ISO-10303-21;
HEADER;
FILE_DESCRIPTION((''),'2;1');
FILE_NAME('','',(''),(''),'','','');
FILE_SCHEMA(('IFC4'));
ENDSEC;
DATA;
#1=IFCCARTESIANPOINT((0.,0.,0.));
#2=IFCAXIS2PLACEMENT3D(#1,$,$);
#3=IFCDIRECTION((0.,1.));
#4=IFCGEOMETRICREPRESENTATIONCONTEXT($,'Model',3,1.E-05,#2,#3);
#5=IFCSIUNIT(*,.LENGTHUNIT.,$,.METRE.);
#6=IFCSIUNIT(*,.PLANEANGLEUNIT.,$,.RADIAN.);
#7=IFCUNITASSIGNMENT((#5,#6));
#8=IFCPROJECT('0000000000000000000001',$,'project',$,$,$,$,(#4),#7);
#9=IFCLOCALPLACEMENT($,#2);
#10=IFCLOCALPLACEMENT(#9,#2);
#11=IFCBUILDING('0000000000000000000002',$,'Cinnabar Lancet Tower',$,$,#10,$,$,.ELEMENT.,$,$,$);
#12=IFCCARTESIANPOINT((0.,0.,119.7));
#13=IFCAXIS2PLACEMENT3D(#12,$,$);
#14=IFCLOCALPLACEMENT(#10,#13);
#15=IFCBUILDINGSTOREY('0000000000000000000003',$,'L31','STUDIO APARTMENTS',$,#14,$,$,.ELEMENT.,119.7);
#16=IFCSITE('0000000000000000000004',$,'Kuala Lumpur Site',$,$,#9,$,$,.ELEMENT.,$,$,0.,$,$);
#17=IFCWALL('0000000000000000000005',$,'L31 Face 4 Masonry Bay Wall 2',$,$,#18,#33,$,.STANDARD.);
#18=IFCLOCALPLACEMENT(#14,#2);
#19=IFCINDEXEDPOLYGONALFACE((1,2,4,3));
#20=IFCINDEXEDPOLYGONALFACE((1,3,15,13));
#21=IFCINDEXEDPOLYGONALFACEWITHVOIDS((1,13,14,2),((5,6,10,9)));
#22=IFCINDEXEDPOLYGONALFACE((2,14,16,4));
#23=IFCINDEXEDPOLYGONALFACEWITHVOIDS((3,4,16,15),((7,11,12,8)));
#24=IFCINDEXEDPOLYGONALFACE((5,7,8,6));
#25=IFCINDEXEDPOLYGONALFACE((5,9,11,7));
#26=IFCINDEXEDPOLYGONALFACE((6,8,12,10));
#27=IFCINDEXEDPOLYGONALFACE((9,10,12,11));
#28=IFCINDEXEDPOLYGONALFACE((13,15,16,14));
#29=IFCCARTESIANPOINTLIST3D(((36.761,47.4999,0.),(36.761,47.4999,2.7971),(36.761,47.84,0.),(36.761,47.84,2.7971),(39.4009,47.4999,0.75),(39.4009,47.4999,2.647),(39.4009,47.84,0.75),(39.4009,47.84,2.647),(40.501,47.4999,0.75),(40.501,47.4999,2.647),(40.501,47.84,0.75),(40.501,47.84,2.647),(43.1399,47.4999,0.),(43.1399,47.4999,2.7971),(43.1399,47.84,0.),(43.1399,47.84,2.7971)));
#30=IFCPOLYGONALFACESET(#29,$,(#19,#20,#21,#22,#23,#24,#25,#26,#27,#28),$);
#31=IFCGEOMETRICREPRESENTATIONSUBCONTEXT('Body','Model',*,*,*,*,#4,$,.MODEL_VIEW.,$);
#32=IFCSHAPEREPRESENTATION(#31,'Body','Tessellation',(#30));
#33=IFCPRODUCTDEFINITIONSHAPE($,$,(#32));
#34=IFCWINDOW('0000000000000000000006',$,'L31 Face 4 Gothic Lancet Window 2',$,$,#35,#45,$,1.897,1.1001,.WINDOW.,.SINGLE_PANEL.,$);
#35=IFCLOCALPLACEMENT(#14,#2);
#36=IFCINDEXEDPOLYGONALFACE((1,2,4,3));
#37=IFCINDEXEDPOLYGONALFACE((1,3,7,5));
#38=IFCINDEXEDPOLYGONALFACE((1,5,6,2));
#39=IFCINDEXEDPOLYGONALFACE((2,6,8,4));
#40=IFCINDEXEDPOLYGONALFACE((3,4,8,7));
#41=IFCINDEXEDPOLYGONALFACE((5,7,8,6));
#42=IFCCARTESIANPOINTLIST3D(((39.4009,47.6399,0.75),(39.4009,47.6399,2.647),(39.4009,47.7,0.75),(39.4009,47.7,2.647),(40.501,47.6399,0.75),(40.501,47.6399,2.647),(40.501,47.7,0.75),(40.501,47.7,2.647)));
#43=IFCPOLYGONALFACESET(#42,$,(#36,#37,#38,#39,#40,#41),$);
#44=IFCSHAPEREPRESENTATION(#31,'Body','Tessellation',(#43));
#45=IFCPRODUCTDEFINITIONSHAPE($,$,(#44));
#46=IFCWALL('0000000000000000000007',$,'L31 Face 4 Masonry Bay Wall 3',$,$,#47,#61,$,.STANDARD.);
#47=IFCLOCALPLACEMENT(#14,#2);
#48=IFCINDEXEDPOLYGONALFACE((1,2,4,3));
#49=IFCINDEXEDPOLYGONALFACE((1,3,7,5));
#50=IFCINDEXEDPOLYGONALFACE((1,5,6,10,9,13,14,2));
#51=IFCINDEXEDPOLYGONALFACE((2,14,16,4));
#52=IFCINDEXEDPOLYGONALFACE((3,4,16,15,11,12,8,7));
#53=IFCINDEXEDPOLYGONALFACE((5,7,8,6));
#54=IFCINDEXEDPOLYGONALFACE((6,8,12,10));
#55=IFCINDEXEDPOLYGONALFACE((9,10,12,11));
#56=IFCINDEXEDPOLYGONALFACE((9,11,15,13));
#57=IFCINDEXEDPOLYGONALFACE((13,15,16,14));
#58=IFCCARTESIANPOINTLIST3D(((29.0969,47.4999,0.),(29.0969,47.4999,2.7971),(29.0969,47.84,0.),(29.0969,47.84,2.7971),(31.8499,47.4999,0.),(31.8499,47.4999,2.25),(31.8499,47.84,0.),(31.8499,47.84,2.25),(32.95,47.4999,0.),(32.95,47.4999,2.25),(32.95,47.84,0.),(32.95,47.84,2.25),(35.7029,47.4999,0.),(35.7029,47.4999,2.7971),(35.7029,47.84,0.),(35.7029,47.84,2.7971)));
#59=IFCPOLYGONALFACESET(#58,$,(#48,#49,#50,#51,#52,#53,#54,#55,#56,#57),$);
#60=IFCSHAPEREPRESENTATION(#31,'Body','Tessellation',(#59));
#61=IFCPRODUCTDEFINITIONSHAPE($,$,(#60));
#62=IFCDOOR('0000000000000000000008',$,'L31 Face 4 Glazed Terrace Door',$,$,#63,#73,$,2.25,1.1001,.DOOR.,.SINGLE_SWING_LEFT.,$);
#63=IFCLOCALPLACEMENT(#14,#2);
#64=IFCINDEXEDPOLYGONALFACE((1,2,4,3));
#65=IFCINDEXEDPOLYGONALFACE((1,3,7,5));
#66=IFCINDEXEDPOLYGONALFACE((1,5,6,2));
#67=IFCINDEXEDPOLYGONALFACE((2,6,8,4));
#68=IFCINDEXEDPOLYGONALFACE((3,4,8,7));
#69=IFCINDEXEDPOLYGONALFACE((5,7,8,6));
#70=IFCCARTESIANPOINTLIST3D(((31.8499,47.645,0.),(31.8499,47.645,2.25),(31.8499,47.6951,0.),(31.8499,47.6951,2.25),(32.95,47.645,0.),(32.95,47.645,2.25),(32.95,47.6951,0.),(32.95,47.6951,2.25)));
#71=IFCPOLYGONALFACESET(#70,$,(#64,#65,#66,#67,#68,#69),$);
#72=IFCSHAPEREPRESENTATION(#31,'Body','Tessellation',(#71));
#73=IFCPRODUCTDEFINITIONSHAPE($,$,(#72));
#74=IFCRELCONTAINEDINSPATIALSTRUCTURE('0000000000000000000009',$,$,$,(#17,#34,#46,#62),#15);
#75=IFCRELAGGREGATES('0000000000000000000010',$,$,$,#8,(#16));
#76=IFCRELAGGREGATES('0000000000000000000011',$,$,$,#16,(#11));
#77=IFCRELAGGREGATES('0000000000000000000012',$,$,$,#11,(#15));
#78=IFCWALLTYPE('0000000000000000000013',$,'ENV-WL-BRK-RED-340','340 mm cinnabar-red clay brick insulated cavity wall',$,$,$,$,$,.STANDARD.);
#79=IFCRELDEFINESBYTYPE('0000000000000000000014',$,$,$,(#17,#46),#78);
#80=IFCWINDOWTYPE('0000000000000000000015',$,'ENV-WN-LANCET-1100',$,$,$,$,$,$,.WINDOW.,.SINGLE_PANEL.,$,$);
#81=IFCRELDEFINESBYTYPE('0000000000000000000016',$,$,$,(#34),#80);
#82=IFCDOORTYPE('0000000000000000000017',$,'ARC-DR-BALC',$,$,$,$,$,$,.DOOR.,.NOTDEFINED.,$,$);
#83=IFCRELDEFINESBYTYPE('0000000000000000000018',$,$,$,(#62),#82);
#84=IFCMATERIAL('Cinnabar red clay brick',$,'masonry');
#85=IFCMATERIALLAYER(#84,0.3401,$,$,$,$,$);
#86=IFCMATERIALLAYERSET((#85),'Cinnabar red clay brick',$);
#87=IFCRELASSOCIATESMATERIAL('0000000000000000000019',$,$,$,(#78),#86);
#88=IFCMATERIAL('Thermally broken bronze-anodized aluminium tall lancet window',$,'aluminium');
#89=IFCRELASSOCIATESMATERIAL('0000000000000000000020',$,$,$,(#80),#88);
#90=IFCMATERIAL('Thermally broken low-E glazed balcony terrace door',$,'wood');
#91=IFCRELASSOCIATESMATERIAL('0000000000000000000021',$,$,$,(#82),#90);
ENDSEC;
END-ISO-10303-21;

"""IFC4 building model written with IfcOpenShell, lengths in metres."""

from ifc_helpers import new_model, si_unit, direction, frame, frame_2d, origin, place, context, subcontext, project, spatial, rectangle, extrude, material, layer, layer_set, type_object, element, fill, save


model = new_model("IFC4")

# Units and contexts
model_context = context("Model", 3, precision=1e-05, world=origin(), true_north=direction((0.0, 1.0)))
body_context = subcontext(model_context, "Body", "Model", "MODEL_VIEW")
ifc_project = project(units=[si_unit("LENGTHUNIT", "METRE"), si_unit("PLANEANGLEUNIT", "RADIAN")], contexts=[model_context])

# Site, building, storey
site_placement = place(None, origin())
site = spatial("IfcSite", under=ifc_project, at=site_placement, Name="Kuala Lumpur Site", CompositionType="ELEMENT", RefElevation=0.0)
building_placement = place(site_placement, origin())
building = spatial("IfcBuilding", under=site, at=building_placement, Name="Cinnabar Lancet Tower", CompositionType="ELEMENT")
storey_placement = place(building_placement, frame((0.0, 0.0, 119.7)))
storey = spatial("IfcBuildingStorey", under=building, at=storey_placement, Name="L31", Description="STUDIO APARTMENTS", CompositionType="ELEMENT", Elevation=119.7)

# Wall, opening, window
ifc_material_1 = material(Name="Cinnabar red clay brick", Category="masonry")
ifc_layer_1 = layer(ifc_material_1, 0.3401)
ifc_layer_set_1 = layer_set([ifc_layer_1], Name="Cinnabar red clay brick")
wall_type_1 = type_object("IfcWallType", Name="ENV-WL-BRK-RED-340", Description="340 mm cinnabar-red clay brick insulated cavity wall", PredefinedType="STANDARD", material=ifc_layer_set_1)
wall_1_placement = place(storey_placement, frame((43.1399, 47.6699, 0.0), z_axis=(0.0, 0.0, 1.0), x_axis=(-1.0, 0.0, 0.0)))
wall_1 = element("IfcWall", 1, at=wall_1_placement, inside=storey, type_object=wall_type_1, Name="L31 Face 4 Masonry Bay Wall 2", PredefinedType="STANDARD", context=body_context, shape_type="SweptSolid", body=[
    extrude(rectangle(XDim=6.3789, YDim=0.3401, at=frame_2d((3.1895, 0.0))), origin(), (0.0, 0.0, 1.0), 2.7971),
])
opening_1_placement = place(wall_1_placement, frame((2.6389, 0.0, 0.75)))
opening_1 = element("IfcOpeningElement", 2, at=opening_1_placement, cuts=wall_1, PredefinedType="OPENING", context=body_context, shape_type="SweptSolid", body=[
    extrude(rectangle(XDim=1.1001, YDim=1.897, at=frame_2d((0.55, 0.9485))), frame((0.0, 0.1799, 0.0), z_axis=(0.0, -1.0, 0.0), x_axis=(1.0, 0.0, 0.0)), (0.0, 0.0, 1.0), 0.3601),
])
ifc_material_2 = material(Name="Thermally broken bronze-anodized aluminium tall lancet window", Category="aluminium")
window_type = type_object("IfcWindowType", Name="ENV-WN-LANCET-1100", PartitioningType="SINGLE_PANEL", PredefinedType="WINDOW", material=ifc_material_2)
window_placement = place(opening_1_placement, origin())
window = element("IfcWindow", 3, at=window_placement, inside=storey, type_object=window_type, Name="L31 Face 4 Gothic Lancet Window 2", OverallHeight=1.897, OverallWidth=1.1001, PartitioningType="SINGLE_PANEL", PredefinedType="WINDOW", context=body_context, shape_type="SweptSolid", body=[
    extrude(rectangle(XDim=1.1001, YDim=1.897, at=frame_2d((0.55, 0.9485))), frame((0.0, 0.03, 0.0), z_axis=(0.0, -1.0, 0.0), x_axis=(1.0, 0.0, 0.0)), (0.0, 0.0, 1.0), 0.0601),
])
fill(opening_1, window)

# Wall, opening, door
wall_2_placement = place(storey_placement, frame((35.7029, 47.6699, 0.0), z_axis=(0.0, 0.0, 1.0), x_axis=(-1.0, 0.0, 0.0)))
wall_2 = element("IfcWall", 4, at=wall_2_placement, inside=storey, type_object=wall_type_1, Name="L31 Face 4 Masonry Bay Wall 3", PredefinedType="STANDARD", context=body_context, shape_type="SweptSolid", body=[
    extrude(rectangle(XDim=6.606, YDim=0.3401, at=frame_2d((3.303, 0.0))), origin(), (0.0, 0.0, 1.0), 2.7971),
])
opening_2_placement = place(wall_2_placement, frame((2.7529, 0.0, 0.0)))
opening_2 = element("IfcOpeningElement", 5, at=opening_2_placement, cuts=wall_2, PredefinedType="OPENING", context=body_context, shape_type="SweptSolid", body=[
    extrude(rectangle(XDim=1.1001, YDim=2.25, at=frame_2d((0.55, 1.125))), frame((0.0, 0.1799, 0.0), z_axis=(0.0, -1.0, 0.0), x_axis=(1.0, 0.0, 0.0)), (0.0, 0.0, 1.0), 0.3601),
])
ifc_material_3 = material(Name="Thermally broken low-E glazed balcony terrace door", Category="wood")
door_type = type_object("IfcDoorType", Name="ARC-DR-BALC", OperationType="NOTDEFINED", PredefinedType="DOOR", material=ifc_material_3)
door_placement = place(opening_2_placement, origin())
door = element("IfcDoor", 6, at=door_placement, inside=storey, type_object=door_type, Name="L31 Face 4 Glazed Terrace Door", OperationType="SINGLE_SWING_LEFT", OverallHeight=2.25, OverallWidth=1.1001, PredefinedType="DOOR", context=body_context, shape_type="SweptSolid", body=[
    extrude(rectangle(XDim=1.1001, YDim=2.25, at=frame_2d((0.55, 1.125))), frame((0.0, 0.0249, 0.0), z_axis=(0.0, -1.0, 0.0), x_axis=(1.0, 0.0, 0.0)), (0.0, 0.0, 1.0), 0.05),
])
fill(opening_2, door)

save(model, "model.ifc")
